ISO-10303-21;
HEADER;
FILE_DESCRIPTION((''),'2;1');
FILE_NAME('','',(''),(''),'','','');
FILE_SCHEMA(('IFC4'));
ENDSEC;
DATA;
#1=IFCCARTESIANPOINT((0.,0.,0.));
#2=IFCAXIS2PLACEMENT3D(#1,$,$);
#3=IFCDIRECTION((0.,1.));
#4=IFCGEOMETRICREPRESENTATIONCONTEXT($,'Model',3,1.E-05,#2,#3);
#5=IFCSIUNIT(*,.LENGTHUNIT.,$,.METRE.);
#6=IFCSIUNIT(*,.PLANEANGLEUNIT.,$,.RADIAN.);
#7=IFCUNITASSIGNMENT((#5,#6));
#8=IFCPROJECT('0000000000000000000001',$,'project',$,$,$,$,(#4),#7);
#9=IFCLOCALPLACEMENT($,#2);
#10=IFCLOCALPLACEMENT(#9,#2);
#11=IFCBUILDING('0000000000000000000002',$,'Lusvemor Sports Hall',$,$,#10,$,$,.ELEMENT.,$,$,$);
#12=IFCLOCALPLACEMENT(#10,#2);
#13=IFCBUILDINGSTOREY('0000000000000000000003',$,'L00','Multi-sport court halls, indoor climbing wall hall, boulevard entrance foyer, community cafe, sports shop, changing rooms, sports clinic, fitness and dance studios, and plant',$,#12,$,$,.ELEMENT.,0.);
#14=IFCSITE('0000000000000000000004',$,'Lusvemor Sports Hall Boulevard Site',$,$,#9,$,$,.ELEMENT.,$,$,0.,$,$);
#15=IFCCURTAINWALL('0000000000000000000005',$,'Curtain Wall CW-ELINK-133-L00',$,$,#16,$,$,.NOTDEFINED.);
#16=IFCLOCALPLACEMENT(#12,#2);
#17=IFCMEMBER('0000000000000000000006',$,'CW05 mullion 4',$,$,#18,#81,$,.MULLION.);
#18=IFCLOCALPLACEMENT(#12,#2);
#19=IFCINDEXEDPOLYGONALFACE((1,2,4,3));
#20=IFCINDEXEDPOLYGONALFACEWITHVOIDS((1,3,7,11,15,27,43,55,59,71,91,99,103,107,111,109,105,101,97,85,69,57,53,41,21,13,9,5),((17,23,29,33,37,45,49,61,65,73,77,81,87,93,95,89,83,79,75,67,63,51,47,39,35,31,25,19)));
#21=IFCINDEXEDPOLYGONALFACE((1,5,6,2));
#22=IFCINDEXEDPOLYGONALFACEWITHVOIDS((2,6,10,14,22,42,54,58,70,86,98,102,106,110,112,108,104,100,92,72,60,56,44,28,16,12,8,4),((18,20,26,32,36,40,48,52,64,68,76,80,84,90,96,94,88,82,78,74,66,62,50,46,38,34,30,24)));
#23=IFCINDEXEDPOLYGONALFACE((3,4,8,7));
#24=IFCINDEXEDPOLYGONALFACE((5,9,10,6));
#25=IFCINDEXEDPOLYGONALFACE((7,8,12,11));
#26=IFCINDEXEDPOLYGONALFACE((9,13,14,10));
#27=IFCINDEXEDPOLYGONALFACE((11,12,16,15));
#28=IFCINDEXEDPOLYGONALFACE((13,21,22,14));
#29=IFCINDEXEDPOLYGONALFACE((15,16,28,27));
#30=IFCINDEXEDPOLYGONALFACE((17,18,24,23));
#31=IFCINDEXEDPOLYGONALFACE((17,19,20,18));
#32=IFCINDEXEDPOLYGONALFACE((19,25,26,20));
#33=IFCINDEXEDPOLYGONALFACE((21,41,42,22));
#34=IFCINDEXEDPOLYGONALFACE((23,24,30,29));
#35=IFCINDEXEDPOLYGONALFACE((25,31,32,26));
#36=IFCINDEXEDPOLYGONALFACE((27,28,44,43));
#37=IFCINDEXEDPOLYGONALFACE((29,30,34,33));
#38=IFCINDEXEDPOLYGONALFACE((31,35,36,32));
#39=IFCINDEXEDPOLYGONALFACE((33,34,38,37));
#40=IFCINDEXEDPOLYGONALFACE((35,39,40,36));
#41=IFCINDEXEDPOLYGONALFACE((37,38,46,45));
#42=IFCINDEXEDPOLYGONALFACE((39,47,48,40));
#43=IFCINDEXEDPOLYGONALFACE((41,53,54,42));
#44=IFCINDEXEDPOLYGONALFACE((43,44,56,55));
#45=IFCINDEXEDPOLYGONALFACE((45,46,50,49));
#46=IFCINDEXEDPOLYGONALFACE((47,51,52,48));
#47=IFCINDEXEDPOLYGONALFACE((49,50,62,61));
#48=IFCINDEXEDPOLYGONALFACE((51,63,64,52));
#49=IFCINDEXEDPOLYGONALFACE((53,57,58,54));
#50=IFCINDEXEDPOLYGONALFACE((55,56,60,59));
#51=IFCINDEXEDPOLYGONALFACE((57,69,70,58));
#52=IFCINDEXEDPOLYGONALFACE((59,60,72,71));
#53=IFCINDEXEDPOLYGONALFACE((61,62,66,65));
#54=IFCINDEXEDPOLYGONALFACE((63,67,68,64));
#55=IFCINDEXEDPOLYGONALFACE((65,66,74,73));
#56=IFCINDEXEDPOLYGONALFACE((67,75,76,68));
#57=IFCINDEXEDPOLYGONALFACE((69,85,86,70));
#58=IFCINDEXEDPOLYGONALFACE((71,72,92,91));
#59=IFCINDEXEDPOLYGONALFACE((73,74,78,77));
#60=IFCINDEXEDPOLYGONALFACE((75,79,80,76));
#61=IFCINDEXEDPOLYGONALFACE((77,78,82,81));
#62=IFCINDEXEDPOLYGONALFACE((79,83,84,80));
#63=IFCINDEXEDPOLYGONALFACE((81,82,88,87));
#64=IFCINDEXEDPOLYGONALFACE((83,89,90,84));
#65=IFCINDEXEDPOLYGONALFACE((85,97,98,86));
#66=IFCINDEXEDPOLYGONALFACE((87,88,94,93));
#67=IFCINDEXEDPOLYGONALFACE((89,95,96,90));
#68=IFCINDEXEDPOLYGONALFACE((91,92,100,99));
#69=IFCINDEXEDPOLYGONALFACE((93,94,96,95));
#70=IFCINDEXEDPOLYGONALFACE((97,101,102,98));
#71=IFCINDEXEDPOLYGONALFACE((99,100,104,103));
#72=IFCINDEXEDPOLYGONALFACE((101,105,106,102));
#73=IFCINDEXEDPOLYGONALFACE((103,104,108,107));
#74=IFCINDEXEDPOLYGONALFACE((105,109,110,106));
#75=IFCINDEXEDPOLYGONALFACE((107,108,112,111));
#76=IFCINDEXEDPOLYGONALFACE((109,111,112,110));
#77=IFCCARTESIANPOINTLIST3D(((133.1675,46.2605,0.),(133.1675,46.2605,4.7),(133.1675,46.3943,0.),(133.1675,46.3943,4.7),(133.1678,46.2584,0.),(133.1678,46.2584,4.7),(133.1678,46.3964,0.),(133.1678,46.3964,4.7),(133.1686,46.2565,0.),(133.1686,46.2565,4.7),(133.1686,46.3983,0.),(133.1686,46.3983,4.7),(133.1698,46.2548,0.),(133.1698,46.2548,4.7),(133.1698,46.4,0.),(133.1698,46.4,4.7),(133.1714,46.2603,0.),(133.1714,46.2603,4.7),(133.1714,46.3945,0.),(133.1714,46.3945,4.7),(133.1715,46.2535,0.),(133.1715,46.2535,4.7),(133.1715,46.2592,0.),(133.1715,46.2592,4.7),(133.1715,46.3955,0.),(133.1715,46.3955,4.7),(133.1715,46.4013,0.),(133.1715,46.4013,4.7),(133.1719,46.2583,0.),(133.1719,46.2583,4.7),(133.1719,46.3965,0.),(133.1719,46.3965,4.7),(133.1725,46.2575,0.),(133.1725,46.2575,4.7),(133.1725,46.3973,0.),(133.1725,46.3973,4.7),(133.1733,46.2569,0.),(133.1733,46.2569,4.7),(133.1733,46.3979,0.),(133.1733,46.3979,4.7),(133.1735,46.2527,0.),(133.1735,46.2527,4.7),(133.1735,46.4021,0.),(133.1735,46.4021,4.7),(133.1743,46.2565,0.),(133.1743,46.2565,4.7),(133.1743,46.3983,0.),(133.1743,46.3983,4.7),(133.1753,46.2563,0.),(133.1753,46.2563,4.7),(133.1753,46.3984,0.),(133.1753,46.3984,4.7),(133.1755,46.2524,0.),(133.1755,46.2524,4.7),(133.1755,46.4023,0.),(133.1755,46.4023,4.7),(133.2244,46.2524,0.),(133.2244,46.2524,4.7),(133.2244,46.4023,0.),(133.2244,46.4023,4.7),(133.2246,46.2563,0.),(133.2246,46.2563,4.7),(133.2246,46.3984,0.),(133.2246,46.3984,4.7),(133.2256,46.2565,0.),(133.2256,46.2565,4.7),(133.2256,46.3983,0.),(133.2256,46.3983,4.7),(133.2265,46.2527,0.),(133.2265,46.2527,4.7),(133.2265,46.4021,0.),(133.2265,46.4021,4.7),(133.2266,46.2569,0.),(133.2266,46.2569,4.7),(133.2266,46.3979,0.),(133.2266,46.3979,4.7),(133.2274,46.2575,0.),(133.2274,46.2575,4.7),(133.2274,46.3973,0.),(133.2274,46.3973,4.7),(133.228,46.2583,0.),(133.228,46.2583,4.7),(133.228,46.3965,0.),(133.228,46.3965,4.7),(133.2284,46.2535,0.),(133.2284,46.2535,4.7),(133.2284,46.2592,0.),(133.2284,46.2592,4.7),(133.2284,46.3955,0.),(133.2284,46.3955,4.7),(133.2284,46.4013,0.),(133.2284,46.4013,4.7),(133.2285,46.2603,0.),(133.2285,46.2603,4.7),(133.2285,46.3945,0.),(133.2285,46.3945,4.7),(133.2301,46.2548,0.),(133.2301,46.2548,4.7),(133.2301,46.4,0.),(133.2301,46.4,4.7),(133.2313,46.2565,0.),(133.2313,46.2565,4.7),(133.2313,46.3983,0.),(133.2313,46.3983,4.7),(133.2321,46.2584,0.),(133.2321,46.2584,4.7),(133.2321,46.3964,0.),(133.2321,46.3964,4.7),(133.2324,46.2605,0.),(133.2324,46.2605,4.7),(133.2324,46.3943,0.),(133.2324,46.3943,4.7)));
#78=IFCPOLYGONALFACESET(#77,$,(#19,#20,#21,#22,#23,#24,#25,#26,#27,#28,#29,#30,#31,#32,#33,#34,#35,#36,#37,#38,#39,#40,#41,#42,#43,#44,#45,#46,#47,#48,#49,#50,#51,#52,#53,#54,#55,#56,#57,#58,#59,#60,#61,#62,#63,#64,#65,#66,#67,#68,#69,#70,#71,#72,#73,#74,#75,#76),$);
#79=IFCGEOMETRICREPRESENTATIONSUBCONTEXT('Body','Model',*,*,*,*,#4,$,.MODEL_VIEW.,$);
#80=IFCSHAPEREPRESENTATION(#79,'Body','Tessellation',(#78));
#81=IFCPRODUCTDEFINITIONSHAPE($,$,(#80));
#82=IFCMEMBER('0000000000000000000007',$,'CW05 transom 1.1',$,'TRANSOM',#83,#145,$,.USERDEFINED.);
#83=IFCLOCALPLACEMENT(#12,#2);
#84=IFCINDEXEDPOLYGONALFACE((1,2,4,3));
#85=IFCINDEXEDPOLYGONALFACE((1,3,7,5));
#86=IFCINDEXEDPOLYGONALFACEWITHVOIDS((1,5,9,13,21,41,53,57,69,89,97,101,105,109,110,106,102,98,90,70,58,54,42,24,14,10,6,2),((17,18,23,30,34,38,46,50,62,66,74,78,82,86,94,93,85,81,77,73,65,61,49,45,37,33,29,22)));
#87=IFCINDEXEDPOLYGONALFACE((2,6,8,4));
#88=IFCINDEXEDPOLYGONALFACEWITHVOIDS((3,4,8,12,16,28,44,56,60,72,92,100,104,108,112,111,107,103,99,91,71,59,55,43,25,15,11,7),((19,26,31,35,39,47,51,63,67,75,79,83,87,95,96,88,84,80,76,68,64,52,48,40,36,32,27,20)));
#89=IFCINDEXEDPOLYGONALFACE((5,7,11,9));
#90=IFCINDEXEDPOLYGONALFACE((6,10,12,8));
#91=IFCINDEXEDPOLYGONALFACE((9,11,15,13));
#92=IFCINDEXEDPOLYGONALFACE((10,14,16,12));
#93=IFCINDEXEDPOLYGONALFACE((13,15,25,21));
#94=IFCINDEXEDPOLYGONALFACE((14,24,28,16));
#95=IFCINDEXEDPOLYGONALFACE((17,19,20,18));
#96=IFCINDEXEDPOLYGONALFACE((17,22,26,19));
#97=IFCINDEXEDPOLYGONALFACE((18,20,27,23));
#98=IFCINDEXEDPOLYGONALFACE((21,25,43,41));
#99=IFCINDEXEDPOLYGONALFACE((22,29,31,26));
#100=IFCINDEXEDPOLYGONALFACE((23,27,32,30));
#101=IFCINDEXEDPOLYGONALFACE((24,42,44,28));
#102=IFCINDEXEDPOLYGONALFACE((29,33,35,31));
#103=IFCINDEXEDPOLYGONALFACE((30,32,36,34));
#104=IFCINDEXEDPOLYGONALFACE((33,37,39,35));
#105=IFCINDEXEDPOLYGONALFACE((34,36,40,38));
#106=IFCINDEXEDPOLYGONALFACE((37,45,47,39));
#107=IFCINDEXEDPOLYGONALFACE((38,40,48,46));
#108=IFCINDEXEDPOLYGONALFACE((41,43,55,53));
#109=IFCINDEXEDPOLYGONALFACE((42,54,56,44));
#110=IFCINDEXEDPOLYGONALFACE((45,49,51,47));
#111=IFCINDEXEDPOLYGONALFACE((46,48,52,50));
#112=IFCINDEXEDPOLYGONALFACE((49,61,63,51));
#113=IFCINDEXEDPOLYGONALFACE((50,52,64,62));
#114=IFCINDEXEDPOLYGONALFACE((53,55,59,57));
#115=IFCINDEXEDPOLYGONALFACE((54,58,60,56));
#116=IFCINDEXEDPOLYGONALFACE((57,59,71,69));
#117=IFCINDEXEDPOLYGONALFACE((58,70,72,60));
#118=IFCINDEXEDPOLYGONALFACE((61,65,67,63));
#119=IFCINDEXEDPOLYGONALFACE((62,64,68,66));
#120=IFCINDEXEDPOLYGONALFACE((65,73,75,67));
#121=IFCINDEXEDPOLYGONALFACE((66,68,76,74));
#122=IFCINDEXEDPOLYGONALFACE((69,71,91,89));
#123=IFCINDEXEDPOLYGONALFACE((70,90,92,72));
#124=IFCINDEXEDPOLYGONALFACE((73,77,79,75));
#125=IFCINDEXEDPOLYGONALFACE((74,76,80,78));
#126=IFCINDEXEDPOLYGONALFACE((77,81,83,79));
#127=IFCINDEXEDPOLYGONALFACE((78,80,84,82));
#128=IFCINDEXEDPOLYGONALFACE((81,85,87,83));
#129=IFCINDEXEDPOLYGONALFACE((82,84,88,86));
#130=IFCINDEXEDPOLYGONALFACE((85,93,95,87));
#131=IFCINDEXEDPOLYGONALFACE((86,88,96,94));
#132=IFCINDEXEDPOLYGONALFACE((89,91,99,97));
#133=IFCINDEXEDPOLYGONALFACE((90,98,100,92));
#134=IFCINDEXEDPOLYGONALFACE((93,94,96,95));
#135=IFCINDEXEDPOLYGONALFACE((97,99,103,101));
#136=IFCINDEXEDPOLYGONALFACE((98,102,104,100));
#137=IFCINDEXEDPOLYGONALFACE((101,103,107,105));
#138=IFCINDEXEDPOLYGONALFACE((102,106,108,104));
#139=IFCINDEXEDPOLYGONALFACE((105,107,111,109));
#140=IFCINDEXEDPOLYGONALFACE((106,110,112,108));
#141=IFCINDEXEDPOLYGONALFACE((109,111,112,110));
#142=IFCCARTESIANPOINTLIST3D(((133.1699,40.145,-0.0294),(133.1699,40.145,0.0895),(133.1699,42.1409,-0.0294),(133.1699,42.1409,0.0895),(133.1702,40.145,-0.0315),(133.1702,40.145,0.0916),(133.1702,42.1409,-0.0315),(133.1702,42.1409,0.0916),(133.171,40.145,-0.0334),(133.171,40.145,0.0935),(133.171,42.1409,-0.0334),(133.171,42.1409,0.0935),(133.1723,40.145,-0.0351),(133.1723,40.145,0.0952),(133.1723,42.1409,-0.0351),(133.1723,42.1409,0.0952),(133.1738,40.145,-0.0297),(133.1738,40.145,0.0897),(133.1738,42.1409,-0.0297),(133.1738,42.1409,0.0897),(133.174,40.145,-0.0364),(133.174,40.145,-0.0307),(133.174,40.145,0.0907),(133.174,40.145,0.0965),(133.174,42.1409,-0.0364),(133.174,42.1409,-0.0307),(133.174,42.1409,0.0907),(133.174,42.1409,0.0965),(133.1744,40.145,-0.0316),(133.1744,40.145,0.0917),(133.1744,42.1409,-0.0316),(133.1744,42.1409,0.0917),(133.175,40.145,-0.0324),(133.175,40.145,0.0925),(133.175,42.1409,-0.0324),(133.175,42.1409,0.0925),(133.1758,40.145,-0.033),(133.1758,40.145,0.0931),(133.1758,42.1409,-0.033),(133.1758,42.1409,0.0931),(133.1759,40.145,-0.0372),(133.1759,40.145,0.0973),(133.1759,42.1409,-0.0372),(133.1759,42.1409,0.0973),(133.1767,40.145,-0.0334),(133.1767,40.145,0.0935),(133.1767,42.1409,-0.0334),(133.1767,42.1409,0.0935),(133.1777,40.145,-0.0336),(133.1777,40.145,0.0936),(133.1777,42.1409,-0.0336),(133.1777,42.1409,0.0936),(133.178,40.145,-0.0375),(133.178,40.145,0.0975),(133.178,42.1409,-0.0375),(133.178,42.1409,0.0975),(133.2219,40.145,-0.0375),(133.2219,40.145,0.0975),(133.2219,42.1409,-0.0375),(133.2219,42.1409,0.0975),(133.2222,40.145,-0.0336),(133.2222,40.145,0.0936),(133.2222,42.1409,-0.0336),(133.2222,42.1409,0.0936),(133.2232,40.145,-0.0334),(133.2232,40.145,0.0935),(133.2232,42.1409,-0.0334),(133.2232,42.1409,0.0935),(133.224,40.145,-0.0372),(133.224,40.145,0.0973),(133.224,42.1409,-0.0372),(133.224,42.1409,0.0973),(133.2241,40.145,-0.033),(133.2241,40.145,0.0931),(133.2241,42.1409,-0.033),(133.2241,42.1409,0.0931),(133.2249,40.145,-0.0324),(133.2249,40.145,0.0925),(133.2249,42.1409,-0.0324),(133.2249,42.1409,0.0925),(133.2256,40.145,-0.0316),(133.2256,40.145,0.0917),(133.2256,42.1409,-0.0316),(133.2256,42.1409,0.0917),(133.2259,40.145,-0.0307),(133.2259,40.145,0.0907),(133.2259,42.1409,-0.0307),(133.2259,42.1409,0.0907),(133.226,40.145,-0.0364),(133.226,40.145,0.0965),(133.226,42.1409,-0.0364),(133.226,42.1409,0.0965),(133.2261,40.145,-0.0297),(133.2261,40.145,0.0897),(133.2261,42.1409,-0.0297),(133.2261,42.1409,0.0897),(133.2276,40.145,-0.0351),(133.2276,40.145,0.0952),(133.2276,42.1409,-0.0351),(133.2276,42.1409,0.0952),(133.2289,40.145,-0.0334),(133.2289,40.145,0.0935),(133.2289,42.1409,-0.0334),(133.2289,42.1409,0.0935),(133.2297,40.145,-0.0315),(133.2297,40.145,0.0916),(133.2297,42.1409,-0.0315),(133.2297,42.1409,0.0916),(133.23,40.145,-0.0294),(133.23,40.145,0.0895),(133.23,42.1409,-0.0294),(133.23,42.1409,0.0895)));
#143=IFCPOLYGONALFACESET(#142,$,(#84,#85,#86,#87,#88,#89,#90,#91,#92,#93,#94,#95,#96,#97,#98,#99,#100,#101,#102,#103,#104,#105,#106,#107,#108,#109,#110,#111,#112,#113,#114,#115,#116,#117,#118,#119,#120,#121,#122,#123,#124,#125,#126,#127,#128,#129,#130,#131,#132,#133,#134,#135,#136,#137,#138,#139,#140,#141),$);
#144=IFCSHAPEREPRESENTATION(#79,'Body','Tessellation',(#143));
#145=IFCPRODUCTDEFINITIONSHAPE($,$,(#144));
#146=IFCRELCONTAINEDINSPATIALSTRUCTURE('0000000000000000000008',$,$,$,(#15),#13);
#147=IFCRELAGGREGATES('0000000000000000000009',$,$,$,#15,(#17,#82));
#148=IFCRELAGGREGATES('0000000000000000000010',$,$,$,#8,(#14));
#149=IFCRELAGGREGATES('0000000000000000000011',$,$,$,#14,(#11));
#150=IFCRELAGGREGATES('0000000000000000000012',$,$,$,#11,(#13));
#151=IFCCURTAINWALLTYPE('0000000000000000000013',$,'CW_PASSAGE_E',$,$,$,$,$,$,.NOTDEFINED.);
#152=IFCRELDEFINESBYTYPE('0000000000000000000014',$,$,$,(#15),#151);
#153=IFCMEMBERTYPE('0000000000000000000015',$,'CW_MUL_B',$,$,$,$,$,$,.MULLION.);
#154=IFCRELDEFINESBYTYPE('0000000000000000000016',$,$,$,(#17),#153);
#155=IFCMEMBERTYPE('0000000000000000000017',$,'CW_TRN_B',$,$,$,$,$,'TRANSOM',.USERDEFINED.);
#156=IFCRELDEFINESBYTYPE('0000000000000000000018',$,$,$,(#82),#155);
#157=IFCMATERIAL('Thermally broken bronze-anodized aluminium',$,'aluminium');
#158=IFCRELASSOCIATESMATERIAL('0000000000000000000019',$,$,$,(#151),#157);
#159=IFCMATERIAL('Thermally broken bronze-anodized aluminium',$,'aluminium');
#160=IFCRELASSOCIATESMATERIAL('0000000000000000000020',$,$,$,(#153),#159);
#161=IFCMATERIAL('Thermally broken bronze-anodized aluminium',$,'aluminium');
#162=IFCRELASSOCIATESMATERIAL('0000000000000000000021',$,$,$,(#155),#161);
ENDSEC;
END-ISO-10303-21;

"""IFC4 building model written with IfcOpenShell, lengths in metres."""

from ifc_helpers import new_model, si_unit, direction, frame, origin, origin_2d, place, context, subcontext, project, spatial, hollow_rectangle, extrude, material, material_profile, profile_set, type_object, element, aggregate, save


model = new_model("IFC4")

# Units and contexts
model_context = context("Model", 3, precision=1e-05, world=origin(), true_north=direction((0.0, 1.0)))
body_context = subcontext(model_context, "Body", "Model", "MODEL_VIEW")
ifc_project = project(units=[si_unit("LENGTHUNIT", "METRE"), si_unit("PLANEANGLEUNIT", "RADIAN")], contexts=[model_context])

# Site, building, storey
site_placement = place(None, origin())
site = spatial("IfcSite", under=ifc_project, at=site_placement, Name="Lusvemor Sports Hall Boulevard Site", CompositionType="ELEMENT", RefElevation=0.0)
building_placement = place(site_placement, origin())
building = spatial("IfcBuilding", under=site, at=building_placement, Name="Lusvemor Sports Hall", CompositionType="ELEMENT")
storey_placement = place(building_placement, origin())
storey = spatial("IfcBuildingStorey", under=building, at=storey_placement, Name="L00", Description="Multi-sport court halls, indoor climbing wall hall, boulevard entrance foyer, community cafe, sports shop, changing rooms, sports clinic, fitness and dance studios, and plant", CompositionType="ELEMENT", Elevation=0.0)

# Curtain wall, members
ifc_material_1 = material(Name="Thermally broken bronze-anodized aluminium", Category="aluminium")
curtain_wall_type = type_object("IfcCurtainWallType", Name="CW_PASSAGE_E", PredefinedType="NOTDEFINED", material=ifc_material_1)
curtain_wall_placement = place(storey_placement, origin())
curtain_wall = element("IfcCurtainWall", 1, at=curtain_wall_placement, inside=storey, type_object=curtain_wall_type, Name="Curtain Wall CW-ELINK-133-L00", PredefinedType="NOTDEFINED")
ifc_material_2 = material(Name="Thermally broken bronze-anodized aluminium", Category="aluminium")
ifc_material_profile_1 = material_profile(ifc_material_2, hollow_rectangle(XDim=0.0649, YDim=0.1499, WallThickness=0.0039, InnerFilletRadius=0.0039, OuterFilletRadius=0.0081, at=origin_2d()), Name="CWMUL150x65x4")
ifc_profile_set_1 = profile_set([ifc_material_profile_1], Name="Thermally broken bronze-anodized aluminium")
member_type_1 = type_object("IfcMemberType", Name="CW_MUL_B", PredefinedType="MULLION", material=ifc_profile_set_1)
member_1_placement = place(storey_placement, frame((133.2, 46.3274, 0.0), z_axis=(0.0, 0.0, 1.0), x_axis=(-1.0, 0.0, 0.0)))
member_1 = element("IfcMember", 2, at=member_1_placement, type_object=member_type_1, Name="CW05 mullion 4", PredefinedType="MULLION", context=body_context, shape_type="SweptSolid", body=[
    extrude(hollow_rectangle(XDim=0.0649, YDim=0.1499, WallThickness=0.0039, InnerFilletRadius=0.0039, OuterFilletRadius=0.0081, at=origin_2d()), origin(), (0.0, 0.0, 1.0), 4.7),
])
ifc_material_3 = material(Name="Thermally broken bronze-anodized aluminium", Category="aluminium")
ifc_material_profile_2 = material_profile(ifc_material_3, hollow_rectangle(XDim=0.0601, YDim=0.135, WallThickness=0.0039, InnerFilletRadius=0.0039, OuterFilletRadius=0.0081, at=origin_2d()), Name="CWTRN135x60x4")
ifc_profile_set_2 = profile_set([ifc_material_profile_2], Name="Thermally broken bronze-anodized aluminium")
member_type_2 = type_object("IfcMemberType", Name="CW_TRN_B", ElementType="TRANSOM", PredefinedType="USERDEFINED", material=ifc_profile_set_2)
member_2_placement = place(storey_placement, frame((133.2, 40.145, 0.03), z_axis=(0.0, 1.0, 0.0), x_axis=(-1.0, 0.0, 0.0)))
member_2 = element("IfcMember", 3, at=member_2_placement, type_object=member_type_2, Name="CW05 transom 1.1", ObjectType="TRANSOM", PredefinedType="USERDEFINED", context=body_context, shape_type="SweptSolid", body=[
    extrude(hollow_rectangle(XDim=0.0601, YDim=0.135, WallThickness=0.0039, InnerFilletRadius=0.0039, OuterFilletRadius=0.0081, at=origin_2d()), origin(), (0.0, 0.0, 1.0), 1.9958),
])
aggregate(curtain_wall, [member_1, member_2])

save(model, "model.ifc")
